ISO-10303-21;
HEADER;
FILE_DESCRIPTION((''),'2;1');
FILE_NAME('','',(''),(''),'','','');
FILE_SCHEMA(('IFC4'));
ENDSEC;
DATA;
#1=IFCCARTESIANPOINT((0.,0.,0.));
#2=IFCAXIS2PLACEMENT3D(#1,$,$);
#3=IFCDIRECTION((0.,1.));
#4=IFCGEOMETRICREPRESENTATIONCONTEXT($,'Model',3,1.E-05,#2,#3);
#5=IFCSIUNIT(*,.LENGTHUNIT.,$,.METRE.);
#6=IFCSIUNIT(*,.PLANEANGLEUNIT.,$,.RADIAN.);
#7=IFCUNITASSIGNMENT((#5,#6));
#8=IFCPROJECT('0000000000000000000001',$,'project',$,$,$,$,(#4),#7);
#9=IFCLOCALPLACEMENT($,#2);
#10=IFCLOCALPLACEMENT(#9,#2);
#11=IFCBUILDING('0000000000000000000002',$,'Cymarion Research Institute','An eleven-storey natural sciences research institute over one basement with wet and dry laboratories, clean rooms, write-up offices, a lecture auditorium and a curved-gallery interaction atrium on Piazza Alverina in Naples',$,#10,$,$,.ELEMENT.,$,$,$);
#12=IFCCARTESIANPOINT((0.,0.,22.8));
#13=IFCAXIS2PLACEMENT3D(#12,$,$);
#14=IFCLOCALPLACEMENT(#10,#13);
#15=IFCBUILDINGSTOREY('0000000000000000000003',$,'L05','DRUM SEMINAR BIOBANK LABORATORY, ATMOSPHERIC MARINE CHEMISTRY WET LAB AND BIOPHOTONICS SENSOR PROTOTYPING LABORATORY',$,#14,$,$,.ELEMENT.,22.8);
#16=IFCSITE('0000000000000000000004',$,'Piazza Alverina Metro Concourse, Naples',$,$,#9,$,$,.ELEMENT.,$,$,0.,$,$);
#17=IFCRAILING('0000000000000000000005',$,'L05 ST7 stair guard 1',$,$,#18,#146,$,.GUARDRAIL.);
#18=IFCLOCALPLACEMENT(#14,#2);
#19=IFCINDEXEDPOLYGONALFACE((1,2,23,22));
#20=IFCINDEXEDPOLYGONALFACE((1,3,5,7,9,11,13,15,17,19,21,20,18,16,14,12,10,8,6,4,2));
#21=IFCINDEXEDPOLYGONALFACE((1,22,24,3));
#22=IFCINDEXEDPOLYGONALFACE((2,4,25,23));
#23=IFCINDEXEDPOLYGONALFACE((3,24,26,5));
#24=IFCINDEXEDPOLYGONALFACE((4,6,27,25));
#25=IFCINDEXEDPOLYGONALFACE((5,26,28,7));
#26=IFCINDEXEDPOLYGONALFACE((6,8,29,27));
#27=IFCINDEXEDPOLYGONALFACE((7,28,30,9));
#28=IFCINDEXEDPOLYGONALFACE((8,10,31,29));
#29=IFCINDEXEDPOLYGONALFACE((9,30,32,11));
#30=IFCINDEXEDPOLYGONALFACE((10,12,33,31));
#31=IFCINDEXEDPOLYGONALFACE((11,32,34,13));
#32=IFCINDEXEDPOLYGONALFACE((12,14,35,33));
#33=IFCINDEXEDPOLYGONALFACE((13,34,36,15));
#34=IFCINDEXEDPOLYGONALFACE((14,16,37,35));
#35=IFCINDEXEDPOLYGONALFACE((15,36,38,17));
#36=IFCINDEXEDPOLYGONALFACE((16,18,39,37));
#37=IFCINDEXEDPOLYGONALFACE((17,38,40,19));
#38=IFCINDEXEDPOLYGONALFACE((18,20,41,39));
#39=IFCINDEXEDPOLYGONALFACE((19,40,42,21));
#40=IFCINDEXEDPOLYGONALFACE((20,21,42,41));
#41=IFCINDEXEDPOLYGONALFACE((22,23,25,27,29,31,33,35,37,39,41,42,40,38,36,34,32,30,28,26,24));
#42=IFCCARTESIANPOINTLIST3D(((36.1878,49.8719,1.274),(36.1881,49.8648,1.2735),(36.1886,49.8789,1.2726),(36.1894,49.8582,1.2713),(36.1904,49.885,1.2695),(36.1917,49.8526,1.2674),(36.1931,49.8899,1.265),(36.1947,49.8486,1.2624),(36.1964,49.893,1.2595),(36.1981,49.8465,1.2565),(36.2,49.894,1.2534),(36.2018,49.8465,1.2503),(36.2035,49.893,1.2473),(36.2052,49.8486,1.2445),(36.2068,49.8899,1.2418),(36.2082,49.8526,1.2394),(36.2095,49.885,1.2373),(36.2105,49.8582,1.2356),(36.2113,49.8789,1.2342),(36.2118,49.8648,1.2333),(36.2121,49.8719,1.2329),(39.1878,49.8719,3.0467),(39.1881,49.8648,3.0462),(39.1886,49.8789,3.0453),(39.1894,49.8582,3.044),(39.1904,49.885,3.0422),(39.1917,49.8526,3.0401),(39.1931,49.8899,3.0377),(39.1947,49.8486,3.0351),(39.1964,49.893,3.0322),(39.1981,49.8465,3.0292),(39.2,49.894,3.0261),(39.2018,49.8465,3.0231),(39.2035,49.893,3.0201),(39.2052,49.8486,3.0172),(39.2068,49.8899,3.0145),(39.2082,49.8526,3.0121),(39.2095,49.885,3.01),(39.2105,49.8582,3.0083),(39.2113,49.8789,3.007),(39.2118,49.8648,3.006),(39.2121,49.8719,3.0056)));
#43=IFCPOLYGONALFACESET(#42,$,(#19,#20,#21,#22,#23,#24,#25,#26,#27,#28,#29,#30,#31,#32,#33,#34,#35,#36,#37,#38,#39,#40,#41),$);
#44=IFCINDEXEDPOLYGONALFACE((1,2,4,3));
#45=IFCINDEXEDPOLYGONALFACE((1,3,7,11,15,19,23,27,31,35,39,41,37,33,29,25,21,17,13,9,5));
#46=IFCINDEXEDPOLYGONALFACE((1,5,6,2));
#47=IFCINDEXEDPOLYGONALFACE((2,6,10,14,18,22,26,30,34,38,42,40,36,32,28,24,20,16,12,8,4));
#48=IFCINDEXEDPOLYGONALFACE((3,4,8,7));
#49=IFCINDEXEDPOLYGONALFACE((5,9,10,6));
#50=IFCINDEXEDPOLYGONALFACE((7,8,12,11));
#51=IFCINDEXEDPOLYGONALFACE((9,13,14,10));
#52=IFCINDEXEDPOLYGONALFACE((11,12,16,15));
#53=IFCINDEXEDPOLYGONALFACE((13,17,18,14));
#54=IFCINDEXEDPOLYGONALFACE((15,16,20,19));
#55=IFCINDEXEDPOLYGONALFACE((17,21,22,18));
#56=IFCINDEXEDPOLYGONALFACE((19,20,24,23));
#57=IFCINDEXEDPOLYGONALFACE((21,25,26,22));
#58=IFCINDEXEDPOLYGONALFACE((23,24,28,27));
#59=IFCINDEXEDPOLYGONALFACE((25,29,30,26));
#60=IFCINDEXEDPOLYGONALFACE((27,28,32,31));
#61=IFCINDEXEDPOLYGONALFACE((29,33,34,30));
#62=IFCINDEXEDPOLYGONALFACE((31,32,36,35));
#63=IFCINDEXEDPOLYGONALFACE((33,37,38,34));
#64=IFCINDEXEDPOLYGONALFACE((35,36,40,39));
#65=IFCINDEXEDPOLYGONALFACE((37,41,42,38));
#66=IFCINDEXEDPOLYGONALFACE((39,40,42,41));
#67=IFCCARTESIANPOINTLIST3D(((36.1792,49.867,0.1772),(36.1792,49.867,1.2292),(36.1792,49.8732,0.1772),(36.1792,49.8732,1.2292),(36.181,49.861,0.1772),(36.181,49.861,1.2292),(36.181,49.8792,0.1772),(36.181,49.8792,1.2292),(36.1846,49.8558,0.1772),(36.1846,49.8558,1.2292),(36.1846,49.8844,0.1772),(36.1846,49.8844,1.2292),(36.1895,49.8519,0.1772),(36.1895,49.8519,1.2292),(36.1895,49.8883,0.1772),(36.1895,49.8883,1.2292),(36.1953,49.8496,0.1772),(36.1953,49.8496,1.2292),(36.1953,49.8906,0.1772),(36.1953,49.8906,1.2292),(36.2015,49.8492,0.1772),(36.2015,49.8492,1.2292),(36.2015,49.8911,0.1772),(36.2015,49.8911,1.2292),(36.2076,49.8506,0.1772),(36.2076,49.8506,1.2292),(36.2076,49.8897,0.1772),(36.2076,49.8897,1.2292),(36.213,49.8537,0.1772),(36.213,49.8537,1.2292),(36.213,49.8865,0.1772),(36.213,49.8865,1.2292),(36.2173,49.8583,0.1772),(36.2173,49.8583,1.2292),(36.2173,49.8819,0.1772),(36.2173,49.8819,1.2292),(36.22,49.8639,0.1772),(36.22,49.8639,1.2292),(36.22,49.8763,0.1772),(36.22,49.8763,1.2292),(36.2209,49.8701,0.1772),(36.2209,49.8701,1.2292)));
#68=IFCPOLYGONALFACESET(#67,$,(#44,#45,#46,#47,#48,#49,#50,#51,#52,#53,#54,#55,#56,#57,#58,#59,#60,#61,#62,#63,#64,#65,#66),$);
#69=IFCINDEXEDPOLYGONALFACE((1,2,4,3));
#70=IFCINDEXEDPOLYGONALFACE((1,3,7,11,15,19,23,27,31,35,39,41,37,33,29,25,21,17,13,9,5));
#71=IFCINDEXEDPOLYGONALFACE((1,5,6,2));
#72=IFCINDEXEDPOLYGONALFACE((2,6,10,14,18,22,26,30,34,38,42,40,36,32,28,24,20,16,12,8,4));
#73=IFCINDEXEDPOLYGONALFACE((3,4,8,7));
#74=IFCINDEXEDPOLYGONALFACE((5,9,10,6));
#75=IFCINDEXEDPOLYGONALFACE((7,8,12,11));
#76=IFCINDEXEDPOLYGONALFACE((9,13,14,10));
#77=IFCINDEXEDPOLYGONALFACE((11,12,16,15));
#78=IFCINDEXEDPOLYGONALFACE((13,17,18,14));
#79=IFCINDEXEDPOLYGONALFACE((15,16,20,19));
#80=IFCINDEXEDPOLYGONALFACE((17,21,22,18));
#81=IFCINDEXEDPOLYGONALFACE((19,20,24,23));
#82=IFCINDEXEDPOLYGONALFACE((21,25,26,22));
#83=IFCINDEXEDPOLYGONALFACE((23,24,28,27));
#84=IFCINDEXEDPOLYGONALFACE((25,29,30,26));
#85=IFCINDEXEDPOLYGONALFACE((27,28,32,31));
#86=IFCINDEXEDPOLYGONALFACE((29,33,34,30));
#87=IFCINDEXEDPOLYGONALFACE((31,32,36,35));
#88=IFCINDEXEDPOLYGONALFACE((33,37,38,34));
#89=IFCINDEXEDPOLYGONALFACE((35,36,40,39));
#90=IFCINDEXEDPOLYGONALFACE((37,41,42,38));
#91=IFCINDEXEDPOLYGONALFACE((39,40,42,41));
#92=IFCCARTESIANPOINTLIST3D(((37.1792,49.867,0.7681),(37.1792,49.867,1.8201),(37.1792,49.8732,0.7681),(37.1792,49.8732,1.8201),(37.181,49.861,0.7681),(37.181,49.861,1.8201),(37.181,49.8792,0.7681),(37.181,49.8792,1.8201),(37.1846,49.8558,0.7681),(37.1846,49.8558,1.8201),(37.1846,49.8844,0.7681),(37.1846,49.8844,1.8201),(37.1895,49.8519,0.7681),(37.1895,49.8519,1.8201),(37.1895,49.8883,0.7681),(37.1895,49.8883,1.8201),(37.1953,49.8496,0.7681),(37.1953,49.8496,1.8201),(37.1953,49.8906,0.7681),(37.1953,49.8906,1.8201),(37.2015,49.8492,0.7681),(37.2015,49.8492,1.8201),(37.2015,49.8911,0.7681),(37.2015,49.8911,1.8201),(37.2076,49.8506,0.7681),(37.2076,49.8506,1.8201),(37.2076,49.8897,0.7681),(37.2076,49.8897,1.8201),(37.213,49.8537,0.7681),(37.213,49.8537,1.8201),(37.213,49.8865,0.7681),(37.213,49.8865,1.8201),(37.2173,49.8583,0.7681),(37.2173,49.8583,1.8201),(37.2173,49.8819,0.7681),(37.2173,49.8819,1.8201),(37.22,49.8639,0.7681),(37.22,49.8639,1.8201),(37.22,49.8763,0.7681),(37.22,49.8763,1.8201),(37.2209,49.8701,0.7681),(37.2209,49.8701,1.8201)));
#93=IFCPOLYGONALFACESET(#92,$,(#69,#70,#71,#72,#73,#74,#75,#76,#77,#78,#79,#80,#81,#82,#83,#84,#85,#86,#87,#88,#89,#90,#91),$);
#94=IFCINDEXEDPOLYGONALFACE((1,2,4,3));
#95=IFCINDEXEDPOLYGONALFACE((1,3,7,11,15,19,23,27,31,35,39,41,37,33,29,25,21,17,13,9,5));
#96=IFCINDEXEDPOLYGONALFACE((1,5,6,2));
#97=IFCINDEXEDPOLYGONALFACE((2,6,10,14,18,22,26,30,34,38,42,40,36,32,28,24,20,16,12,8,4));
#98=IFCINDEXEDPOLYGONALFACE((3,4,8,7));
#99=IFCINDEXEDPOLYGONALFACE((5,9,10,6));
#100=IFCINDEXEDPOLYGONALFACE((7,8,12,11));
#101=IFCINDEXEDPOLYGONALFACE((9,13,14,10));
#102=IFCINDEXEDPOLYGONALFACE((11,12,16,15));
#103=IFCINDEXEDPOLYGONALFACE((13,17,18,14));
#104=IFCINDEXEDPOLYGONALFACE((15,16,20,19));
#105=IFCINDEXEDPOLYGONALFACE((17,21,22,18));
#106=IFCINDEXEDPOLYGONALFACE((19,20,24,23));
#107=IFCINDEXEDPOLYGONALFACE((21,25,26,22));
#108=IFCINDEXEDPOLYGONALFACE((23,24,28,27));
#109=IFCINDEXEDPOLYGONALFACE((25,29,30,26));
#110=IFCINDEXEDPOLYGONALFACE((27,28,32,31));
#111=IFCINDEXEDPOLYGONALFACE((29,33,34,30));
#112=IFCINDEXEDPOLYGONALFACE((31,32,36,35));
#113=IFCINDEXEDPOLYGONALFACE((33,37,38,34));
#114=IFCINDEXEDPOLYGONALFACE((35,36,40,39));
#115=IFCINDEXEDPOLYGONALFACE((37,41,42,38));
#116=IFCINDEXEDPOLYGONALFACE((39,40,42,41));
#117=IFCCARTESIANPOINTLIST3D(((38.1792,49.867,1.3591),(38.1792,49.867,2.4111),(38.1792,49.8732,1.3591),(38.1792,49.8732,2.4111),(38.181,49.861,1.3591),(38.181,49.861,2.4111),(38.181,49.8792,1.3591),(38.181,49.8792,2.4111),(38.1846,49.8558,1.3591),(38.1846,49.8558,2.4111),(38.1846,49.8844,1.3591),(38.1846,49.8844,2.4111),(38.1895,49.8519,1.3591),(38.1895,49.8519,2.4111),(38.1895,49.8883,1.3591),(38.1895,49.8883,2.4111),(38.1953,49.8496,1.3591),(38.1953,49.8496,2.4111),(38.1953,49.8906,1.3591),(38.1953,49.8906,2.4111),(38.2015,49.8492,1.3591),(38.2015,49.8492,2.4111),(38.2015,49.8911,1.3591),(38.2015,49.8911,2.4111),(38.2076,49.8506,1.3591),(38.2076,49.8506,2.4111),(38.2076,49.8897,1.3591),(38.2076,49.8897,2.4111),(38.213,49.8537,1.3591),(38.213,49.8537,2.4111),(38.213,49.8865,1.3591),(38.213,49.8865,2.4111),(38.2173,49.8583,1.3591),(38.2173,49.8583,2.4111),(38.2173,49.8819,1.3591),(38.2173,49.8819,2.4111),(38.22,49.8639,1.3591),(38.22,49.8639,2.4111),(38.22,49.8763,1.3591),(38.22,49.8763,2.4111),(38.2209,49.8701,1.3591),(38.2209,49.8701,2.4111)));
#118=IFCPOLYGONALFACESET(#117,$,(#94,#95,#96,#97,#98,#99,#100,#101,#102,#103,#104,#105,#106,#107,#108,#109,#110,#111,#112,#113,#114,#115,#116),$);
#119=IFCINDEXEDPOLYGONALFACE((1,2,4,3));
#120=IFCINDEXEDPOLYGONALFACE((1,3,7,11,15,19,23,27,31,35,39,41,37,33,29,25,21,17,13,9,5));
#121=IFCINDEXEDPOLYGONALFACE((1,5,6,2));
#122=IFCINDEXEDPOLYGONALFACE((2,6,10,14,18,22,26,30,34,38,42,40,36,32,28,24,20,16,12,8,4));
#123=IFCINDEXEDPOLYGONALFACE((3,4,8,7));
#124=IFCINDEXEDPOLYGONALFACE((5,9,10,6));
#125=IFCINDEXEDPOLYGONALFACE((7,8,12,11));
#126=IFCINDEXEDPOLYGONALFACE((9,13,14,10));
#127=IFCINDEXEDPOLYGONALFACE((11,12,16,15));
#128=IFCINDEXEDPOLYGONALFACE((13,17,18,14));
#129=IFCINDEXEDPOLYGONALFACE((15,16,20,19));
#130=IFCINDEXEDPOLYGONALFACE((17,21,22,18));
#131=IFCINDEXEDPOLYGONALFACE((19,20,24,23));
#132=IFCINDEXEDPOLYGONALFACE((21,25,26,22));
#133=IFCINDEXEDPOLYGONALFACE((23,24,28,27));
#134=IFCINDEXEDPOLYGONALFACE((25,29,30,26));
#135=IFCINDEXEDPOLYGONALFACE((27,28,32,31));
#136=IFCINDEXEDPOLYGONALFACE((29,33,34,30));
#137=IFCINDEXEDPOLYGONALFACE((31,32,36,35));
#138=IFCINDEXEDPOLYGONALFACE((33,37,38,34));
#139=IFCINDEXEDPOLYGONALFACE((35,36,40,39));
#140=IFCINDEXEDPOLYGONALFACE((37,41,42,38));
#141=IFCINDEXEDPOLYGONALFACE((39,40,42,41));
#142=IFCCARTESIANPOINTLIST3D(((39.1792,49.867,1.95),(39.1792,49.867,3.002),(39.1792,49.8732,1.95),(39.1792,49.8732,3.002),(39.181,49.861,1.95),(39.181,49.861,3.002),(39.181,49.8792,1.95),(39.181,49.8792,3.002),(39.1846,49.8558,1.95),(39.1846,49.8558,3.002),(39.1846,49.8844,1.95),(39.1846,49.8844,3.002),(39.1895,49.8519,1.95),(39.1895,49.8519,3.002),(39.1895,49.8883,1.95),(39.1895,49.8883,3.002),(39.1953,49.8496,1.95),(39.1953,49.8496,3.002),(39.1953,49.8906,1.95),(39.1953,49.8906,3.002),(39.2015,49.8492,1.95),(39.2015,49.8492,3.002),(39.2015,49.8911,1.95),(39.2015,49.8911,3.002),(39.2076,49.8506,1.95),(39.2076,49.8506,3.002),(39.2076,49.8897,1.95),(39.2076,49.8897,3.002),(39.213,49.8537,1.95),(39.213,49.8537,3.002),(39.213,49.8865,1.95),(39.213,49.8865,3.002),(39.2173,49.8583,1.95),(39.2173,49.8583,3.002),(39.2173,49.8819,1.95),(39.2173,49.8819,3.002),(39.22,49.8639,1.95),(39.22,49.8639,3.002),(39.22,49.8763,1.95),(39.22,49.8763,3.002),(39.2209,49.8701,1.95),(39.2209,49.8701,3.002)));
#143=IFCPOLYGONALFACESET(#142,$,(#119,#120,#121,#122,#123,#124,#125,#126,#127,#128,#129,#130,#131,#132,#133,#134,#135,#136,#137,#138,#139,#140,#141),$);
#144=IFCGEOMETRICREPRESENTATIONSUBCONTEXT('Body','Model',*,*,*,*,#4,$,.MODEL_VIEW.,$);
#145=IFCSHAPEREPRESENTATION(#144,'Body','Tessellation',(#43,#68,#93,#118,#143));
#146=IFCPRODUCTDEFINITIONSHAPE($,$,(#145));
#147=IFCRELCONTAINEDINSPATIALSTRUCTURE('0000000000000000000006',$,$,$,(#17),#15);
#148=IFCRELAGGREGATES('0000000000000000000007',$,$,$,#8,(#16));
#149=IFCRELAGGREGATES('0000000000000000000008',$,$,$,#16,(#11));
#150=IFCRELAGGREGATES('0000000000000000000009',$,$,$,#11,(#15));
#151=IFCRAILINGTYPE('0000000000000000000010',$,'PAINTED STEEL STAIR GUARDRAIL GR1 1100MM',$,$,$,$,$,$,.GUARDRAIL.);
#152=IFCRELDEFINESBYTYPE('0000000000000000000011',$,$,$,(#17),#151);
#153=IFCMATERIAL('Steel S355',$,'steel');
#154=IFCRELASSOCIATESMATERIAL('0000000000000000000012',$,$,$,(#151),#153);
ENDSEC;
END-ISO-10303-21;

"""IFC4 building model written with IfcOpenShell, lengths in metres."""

from ifc_helpers import new_model, si_unit, direction, frame, origin, origin_2d, place, context, subcontext, project, spatial, circle, extrude, material, type_object, element, save


model = new_model("IFC4")

# Units and contexts
model_context = context("Model", 3, precision=1e-05, world=origin(), true_north=direction((0.0, 1.0)))
body_context = subcontext(model_context, "Body", "Model", "MODEL_VIEW")
ifc_project = project(units=[si_unit("LENGTHUNIT", "METRE"), si_unit("PLANEANGLEUNIT", "RADIAN")], contexts=[model_context])

# Site, building, storey
site_placement = place(None, origin())
site = spatial("IfcSite", under=ifc_project, at=site_placement, Name="Piazza Alverina Metro Concourse, Naples", CompositionType="ELEMENT", RefElevation=0.0)
building_placement = place(site_placement, origin())
building = spatial("IfcBuilding", under=site, at=building_placement, Name="Cymarion Research Institute", Description="An eleven-storey natural sciences research institute over one basement with wet and dry laboratories, clean rooms, write-up offices, a lecture auditorium and a curved-gallery interaction atrium on Piazza Alverina in Naples", CompositionType="ELEMENT")
storey_placement = place(building_placement, frame((0.0, 0.0, 22.8)))
storey = spatial("IfcBuildingStorey", under=building, at=storey_placement, Name="L05", Description="DRUM SEMINAR BIOBANK LABORATORY, ATMOSPHERIC MARINE CHEMISTRY WET LAB AND BIOPHOTONICS SENSOR PROTOTYPING LABORATORY", CompositionType="ELEMENT", Elevation=22.8)

# Shared definitions
ifc_material_1 = material(Name="Steel S355", Category="steel")

# Railing
railing_type_1 = type_object("IfcRailingType", Name="PAINTED STEEL STAIR GUARDRAIL GR1 1100MM", PredefinedType="GUARDRAIL", material=ifc_material_1)
railing_1_placement = place(storey_placement, frame((36.2, 49.8701, 0.1772)))
element("IfcRailing", 1, at=railing_1_placement, inside=storey, type_object=railing_type_1, Name="L05 ST7 stair guard 1", PredefinedType="GUARDRAIL", context=body_context, shape_type="SweptSolid", body=[
    extrude(circle(Radius=0.0239, at=origin_2d()), frame((0.0, 0.0, 1.0762), z_axis=(0.860929, 0.0, 0.508725), x_axis=(0.0, 1.0, 0.0)), (0.0, 0.0, 1.0), 3.4846),
    extrude(circle(Radius=0.021, at=origin_2d()), origin(), (0.0, 0.0, 1.0), 1.052),
    extrude(circle(Radius=0.021, at=origin_2d()), frame((1.0, 0.0, 0.5908)), (0.0, 0.0, 1.0), 1.052),
    extrude(circle(Radius=0.021, at=origin_2d()), frame((2.0, 0.0, 1.1819)), (0.0, 0.0, 1.0), 1.052),
    extrude(circle(Radius=0.021, at=origin_2d()), frame((3.0, 0.0, 1.7727)), (0.0, 0.0, 1.0), 1.052),
])

save(model, "model.ifc")
